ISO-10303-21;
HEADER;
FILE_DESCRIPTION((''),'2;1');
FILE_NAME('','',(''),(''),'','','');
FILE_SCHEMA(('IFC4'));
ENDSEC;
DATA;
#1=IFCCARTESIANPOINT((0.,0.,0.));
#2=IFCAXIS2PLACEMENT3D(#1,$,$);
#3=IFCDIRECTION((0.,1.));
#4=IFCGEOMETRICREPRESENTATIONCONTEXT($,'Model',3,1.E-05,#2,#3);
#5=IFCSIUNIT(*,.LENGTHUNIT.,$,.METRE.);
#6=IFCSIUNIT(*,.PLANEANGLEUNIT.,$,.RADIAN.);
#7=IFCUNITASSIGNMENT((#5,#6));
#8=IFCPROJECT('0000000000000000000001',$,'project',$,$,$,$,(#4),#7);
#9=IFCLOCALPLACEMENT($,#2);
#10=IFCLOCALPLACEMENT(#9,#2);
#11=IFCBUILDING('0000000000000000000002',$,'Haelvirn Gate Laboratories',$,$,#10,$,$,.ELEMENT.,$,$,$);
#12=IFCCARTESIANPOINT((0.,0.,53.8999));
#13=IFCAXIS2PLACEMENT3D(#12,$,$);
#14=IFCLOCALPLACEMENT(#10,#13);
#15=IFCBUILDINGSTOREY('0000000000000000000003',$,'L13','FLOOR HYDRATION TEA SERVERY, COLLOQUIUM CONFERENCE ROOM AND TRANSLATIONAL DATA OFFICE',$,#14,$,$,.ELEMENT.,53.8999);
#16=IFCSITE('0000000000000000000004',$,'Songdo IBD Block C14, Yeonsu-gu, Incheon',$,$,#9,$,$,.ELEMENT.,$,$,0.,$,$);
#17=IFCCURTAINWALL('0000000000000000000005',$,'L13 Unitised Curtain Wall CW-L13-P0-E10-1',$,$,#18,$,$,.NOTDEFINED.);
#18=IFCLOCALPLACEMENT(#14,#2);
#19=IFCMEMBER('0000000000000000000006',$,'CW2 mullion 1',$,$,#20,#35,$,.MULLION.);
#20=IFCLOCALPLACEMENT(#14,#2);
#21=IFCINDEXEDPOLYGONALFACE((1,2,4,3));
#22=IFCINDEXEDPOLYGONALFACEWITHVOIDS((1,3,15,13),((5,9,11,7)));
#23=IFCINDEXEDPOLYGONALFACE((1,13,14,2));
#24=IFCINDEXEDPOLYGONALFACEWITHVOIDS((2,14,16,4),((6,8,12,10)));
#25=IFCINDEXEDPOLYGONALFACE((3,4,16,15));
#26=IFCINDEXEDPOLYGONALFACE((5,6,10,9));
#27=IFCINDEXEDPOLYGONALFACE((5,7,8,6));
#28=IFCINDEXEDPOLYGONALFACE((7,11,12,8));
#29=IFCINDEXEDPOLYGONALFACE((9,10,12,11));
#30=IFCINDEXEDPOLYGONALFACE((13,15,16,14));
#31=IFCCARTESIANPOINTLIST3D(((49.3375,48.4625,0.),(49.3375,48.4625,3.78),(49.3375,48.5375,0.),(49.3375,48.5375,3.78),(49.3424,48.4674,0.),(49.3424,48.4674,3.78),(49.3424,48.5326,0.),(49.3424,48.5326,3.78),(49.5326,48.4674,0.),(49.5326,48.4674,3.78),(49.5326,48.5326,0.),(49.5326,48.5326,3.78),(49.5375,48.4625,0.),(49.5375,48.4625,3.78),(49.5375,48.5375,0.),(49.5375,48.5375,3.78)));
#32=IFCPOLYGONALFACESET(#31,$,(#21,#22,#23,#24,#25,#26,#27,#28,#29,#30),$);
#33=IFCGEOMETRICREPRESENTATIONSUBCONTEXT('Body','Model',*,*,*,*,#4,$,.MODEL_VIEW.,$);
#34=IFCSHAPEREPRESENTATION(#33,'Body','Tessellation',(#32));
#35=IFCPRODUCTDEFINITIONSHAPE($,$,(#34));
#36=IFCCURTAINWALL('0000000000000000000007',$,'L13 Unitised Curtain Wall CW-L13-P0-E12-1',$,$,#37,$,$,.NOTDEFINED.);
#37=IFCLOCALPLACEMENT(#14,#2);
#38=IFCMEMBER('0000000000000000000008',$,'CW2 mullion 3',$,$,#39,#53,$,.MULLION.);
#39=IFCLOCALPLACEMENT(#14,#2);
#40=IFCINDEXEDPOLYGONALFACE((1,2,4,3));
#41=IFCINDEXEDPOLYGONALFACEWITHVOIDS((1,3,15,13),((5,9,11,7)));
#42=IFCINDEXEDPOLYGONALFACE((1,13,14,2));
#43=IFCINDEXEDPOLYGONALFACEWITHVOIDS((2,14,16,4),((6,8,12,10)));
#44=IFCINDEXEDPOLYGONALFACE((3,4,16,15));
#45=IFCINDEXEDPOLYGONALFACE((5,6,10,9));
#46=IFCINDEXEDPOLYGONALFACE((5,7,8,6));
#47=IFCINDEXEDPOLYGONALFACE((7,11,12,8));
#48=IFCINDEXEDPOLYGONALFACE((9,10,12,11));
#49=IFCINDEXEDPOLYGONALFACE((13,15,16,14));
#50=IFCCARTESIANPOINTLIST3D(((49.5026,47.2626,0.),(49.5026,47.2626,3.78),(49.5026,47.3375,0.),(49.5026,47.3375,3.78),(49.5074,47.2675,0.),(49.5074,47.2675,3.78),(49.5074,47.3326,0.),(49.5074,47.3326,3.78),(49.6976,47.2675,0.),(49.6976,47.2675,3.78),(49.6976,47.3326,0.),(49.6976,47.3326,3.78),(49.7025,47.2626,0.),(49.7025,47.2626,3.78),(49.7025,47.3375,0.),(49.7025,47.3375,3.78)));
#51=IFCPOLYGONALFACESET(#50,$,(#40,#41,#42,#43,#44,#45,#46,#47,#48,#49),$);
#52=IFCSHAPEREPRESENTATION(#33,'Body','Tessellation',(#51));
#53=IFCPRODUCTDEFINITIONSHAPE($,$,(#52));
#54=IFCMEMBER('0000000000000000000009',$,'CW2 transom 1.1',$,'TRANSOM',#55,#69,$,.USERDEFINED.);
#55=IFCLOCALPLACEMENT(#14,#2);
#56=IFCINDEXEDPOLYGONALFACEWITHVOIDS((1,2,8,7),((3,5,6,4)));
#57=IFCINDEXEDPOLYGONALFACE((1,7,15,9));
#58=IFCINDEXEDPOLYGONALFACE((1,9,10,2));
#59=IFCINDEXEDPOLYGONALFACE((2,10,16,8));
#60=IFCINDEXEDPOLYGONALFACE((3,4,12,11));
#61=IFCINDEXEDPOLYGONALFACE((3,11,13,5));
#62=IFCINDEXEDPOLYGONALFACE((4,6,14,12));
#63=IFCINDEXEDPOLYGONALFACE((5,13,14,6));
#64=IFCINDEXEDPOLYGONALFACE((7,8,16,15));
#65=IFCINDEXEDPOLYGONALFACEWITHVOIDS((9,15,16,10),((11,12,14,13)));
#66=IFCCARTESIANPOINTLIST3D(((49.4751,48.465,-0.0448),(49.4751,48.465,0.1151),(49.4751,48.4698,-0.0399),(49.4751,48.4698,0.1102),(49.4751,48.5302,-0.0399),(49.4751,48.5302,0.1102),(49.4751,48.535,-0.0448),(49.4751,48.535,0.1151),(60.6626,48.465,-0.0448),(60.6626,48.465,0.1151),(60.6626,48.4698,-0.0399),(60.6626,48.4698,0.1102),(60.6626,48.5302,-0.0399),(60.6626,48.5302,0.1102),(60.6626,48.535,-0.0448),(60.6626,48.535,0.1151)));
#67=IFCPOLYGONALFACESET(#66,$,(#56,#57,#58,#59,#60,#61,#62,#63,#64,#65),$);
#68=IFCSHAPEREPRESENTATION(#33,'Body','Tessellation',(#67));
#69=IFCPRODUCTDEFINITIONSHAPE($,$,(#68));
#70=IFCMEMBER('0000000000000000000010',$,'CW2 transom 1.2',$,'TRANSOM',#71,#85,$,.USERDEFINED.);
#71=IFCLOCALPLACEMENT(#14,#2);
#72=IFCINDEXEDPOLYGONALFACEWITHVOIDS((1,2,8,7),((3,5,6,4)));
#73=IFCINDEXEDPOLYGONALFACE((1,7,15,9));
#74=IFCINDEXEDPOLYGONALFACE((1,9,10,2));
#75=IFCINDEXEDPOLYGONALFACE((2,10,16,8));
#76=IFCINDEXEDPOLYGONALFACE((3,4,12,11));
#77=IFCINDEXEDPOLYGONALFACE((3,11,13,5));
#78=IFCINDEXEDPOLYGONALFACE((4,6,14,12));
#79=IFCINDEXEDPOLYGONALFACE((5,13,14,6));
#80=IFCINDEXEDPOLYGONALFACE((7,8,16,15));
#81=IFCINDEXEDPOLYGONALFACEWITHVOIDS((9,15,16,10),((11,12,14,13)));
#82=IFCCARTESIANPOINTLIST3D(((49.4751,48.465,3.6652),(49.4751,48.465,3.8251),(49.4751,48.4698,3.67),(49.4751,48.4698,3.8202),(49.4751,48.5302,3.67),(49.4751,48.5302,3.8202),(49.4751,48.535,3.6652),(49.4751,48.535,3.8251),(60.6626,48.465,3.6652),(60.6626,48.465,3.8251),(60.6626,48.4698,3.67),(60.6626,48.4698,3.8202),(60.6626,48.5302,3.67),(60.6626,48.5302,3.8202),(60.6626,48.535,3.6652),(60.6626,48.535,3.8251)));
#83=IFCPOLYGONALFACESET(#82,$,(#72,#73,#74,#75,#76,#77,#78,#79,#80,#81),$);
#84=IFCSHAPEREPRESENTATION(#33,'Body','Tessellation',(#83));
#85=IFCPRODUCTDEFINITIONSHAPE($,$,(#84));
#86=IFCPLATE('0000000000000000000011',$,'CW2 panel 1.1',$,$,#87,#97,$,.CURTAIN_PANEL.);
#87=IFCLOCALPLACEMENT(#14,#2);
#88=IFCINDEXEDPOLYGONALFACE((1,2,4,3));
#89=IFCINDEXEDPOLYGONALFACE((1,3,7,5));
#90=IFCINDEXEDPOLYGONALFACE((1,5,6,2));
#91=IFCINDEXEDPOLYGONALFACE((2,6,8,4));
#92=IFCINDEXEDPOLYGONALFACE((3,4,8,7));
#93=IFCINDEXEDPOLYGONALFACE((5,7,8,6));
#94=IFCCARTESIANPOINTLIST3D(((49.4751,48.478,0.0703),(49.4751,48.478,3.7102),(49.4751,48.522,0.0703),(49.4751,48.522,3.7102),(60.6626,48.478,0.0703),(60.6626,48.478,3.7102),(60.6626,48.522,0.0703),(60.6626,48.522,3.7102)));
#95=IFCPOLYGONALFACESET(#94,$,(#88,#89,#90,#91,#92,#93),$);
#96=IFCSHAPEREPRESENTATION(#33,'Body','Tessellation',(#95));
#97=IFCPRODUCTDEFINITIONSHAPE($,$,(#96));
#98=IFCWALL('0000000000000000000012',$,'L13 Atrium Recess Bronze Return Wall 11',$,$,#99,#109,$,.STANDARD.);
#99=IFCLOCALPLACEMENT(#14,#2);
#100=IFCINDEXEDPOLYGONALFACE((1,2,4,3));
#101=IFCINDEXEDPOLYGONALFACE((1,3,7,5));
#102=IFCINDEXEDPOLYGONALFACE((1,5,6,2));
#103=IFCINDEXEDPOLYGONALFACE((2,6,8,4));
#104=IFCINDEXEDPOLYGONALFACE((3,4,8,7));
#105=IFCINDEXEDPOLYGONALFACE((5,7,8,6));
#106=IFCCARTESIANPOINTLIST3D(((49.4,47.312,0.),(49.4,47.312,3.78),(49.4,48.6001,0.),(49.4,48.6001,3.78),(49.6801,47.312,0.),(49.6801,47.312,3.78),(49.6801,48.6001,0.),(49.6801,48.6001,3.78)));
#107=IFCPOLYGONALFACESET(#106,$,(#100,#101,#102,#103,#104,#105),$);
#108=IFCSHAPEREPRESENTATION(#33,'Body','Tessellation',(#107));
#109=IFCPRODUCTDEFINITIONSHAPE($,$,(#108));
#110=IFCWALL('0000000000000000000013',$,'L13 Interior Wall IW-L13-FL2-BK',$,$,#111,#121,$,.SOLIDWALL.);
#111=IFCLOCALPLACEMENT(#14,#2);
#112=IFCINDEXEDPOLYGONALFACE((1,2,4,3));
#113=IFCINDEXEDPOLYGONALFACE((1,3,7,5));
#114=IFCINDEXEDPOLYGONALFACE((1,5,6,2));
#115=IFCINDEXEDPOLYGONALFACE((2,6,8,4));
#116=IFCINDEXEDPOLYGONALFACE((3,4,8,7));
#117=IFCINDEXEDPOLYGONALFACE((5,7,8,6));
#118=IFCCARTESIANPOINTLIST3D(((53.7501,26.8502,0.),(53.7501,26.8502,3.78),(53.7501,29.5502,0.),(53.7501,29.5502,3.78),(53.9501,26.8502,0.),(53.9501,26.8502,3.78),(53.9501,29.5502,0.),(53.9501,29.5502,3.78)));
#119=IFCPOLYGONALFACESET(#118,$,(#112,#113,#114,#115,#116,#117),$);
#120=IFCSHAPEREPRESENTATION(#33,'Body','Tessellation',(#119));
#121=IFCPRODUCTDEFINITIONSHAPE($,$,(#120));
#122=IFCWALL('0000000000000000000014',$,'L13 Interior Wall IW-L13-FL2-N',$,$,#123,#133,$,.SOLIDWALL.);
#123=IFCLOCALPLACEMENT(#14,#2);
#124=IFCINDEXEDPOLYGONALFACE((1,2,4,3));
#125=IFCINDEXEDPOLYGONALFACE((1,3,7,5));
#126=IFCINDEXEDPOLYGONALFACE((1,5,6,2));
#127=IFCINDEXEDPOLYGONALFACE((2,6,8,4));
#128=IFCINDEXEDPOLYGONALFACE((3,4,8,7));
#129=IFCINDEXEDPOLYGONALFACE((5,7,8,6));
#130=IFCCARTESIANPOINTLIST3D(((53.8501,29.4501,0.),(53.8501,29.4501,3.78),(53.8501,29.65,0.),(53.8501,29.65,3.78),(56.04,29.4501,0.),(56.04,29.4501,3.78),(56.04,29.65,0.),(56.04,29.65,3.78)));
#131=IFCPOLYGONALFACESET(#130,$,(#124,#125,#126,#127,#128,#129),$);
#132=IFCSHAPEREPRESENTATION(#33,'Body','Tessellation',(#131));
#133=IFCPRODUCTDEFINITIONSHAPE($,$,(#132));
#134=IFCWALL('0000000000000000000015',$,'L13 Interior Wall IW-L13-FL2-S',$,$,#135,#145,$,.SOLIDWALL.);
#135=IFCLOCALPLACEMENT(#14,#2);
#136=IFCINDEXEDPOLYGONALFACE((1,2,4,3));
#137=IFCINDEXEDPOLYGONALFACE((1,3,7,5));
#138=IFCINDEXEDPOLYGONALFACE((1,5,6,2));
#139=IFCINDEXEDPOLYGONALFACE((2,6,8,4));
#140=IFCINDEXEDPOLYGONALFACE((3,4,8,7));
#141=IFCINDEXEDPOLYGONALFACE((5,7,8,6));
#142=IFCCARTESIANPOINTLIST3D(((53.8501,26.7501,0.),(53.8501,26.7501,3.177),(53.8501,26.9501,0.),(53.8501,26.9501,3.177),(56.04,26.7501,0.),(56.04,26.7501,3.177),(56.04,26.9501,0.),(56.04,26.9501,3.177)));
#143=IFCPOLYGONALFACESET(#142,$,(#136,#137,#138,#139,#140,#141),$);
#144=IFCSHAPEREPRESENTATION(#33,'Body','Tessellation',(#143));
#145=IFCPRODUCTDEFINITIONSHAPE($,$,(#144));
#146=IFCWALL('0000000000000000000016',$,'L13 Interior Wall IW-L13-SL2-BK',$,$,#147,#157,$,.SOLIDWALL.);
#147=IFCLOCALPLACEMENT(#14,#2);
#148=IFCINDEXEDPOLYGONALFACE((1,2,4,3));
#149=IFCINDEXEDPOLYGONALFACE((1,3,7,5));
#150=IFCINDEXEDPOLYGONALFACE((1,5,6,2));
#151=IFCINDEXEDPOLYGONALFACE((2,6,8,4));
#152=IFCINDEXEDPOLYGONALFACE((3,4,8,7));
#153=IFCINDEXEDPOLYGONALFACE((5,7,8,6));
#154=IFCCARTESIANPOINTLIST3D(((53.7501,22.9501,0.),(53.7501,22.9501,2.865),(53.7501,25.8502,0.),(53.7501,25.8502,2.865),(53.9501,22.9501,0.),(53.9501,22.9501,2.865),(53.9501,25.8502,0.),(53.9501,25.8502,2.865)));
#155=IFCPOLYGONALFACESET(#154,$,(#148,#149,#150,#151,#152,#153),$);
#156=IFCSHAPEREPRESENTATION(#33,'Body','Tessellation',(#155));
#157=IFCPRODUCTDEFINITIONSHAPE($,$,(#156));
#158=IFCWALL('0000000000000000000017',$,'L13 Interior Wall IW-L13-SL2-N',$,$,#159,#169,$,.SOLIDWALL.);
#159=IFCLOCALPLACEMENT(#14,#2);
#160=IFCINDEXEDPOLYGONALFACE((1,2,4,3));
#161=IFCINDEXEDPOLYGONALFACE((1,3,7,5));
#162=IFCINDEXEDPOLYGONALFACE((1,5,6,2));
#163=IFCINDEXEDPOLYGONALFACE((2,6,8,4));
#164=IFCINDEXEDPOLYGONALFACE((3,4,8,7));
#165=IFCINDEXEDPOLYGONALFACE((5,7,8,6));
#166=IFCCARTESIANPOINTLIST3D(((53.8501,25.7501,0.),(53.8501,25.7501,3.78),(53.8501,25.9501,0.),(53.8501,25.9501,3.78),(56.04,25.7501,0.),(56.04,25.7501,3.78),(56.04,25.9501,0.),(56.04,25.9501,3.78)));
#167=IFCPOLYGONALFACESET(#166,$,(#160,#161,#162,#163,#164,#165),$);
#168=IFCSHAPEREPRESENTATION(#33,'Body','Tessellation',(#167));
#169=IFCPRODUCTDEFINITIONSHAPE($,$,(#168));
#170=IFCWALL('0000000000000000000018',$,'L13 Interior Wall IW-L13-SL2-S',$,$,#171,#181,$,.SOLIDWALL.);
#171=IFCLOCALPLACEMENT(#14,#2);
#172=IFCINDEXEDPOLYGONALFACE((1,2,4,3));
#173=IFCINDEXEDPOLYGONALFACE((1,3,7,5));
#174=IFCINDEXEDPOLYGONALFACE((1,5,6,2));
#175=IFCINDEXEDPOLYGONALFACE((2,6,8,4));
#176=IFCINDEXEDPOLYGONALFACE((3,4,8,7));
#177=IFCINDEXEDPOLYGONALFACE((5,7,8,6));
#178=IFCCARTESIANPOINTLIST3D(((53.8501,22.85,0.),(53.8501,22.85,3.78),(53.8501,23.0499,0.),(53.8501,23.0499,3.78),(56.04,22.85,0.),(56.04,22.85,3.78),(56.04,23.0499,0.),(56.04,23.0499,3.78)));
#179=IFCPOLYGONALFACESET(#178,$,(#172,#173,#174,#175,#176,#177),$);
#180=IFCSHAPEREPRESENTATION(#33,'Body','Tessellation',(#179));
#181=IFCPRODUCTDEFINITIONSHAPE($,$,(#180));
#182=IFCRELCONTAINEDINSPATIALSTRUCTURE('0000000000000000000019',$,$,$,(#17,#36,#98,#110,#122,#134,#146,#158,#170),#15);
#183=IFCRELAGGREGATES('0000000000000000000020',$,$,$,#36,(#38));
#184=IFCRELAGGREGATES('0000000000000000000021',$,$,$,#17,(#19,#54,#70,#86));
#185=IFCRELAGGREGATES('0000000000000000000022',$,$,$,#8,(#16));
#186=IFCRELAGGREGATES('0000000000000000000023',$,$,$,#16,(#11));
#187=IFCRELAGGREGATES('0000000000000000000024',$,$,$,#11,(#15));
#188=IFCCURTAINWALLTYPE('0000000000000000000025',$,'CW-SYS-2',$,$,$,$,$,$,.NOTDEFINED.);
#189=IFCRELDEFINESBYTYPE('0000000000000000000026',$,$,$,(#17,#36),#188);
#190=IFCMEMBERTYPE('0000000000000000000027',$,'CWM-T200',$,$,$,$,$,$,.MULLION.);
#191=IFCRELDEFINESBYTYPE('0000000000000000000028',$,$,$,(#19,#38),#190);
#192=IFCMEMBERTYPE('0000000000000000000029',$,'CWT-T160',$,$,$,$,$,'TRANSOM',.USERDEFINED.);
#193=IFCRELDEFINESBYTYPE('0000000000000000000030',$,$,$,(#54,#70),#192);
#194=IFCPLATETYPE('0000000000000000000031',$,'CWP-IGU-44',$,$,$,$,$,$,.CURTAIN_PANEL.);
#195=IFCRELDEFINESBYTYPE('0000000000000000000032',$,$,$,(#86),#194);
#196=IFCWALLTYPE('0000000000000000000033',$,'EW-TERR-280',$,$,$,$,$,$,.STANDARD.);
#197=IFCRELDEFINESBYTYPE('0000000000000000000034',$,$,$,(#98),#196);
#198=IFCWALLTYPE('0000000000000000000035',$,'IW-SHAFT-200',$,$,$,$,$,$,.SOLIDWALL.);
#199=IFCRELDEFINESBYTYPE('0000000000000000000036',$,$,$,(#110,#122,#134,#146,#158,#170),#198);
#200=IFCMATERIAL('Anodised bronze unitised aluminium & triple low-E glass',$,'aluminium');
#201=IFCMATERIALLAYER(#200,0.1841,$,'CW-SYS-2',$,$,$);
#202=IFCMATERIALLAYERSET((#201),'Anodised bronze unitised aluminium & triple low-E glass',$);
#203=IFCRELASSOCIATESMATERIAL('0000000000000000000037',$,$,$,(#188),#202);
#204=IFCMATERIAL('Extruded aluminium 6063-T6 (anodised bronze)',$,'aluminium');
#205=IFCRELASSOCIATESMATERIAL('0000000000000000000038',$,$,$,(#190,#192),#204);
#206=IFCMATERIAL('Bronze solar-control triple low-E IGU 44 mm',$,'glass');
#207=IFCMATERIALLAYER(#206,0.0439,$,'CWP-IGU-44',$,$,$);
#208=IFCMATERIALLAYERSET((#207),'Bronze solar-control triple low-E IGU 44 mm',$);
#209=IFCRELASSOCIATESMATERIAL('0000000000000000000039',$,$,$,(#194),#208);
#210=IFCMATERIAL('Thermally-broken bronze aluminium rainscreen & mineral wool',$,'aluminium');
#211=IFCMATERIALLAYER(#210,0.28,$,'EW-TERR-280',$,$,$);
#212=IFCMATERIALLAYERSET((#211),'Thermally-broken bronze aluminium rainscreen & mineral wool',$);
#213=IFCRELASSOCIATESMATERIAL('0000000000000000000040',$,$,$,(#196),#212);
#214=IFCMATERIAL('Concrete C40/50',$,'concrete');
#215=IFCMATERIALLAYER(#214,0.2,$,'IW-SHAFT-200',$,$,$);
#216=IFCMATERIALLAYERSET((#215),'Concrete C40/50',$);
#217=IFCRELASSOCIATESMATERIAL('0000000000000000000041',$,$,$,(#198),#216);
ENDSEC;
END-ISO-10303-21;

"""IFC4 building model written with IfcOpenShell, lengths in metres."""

from ifc_helpers import new_model, si_unit, direction, frame, frame_2d, origin, origin_2d, place, context, subcontext, project, spatial, rectangle, hollow_rectangle, extrude, source, transform, mapped, material, layer, layer_set, material_profile, profile_set, type_object, type_shapes, element, aggregate, save


model = new_model("IFC4")

# Units and contexts
model_context = context("Model", 3, precision=1e-05, world=origin(), true_north=direction((0.0, 1.0)))
body_context = subcontext(model_context, "Body", "Model", "MODEL_VIEW")
ifc_project = project(units=[si_unit("LENGTHUNIT", "METRE"), si_unit("PLANEANGLEUNIT", "RADIAN")], contexts=[model_context])

# Site, building, storey
site_placement = place(None, origin())
site = spatial("IfcSite", under=ifc_project, at=site_placement, Name="Songdo IBD Block C14, Yeonsu-gu, Incheon", CompositionType="ELEMENT", RefElevation=0.0)
building_placement = place(site_placement, origin())
building = spatial("IfcBuilding", under=site, at=building_placement, Name="Haelvirn Gate Laboratories", CompositionType="ELEMENT")
storey_placement = place(building_placement, frame((0.0, 0.0, 53.8999)))
storey = spatial("IfcBuildingStorey", under=building, at=storey_placement, Name="L13", Description="FLOOR HYDRATION TEA SERVERY, COLLOQUIUM CONFERENCE ROOM AND TRANSLATIONAL DATA OFFICE", CompositionType="ELEMENT", Elevation=53.8999)

# Curtain walls, members
ifc_material_1 = material(Name="Anodised bronze unitised aluminium & triple low-E glass", Category="aluminium")
ifc_layer_1 = layer(ifc_material_1, 0.1841, Name="CW-SYS-2")
ifc_layer_set_1 = layer_set([ifc_layer_1], Name="Anodised bronze unitised aluminium & triple low-E glass")
curtain_wall_type = type_object("IfcCurtainWallType", Name="CW-SYS-2", PredefinedType="NOTDEFINED", material=ifc_layer_set_1)
curtain_wall_1_placement = place(storey_placement, origin())
curtain_wall_1 = element("IfcCurtainWall", 1, at=curtain_wall_1_placement, inside=storey, type_object=curtain_wall_type, Name="L13 Unitised Curtain Wall CW-L13-P0-E10-1", PredefinedType="NOTDEFINED")
ifc_material_2 = material(Name="Extruded aluminium 6063-T6 (anodised bronze)", Category="aluminium")
ifc_material_profile_1 = material_profile(ifc_material_2, hollow_rectangle(XDim=0.075, YDim=0.2, WallThickness=0.0049, at=origin_2d()), Name="CWM-200x75x5")
ifc_profile_set_1 = profile_set([ifc_material_profile_1], Name="Extruded aluminium 6063-T6 (anodised bronze)")
member_type_1 = type_object("IfcMemberType", Name="CWM-T200", PredefinedType="MULLION", material=ifc_profile_set_1)
shared_shape_1 = source(origin(), body_context, "Body", "SweptSolid", [
    extrude(hollow_rectangle(XDim=0.075, YDim=0.2, WallThickness=0.0049, at=origin_2d()), origin(), (0.0, 0.0, 1.0), 3.78),
])
type_shapes(member_type_1, [shared_shape_1])
member_1_placement = place(storey_placement, frame((49.4375, 48.5, 0.0), z_axis=(0.0, 0.0, 1.0), x_axis=(0.0, 1.0, 0.0)))
member_1 = element("IfcMember", 2, at=member_1_placement, type_object=member_type_1, Name="CW2 mullion 1", PredefinedType="MULLION", context=body_context, shape_type="MappedRepresentation", body=[
    mapped(shared_shape_1, transform((0.0, 0.0, 0.0), scale=1.0)),
])
curtain_wall_2_placement = place(storey_placement, origin())
curtain_wall_2 = element("IfcCurtainWall", 3, at=curtain_wall_2_placement, inside=storey, type_object=curtain_wall_type, Name="L13 Unitised Curtain Wall CW-L13-P0-E12-1", PredefinedType="NOTDEFINED")
member_2_placement = place(storey_placement, frame((49.6025, 47.3, 0.0), z_axis=(0.0, 0.0, 1.0), x_axis=(0.0, 1.0, 0.0)))
member_2 = element("IfcMember", 4, at=member_2_placement, type_object=member_type_1, Name="CW2 mullion 3", PredefinedType="MULLION", context=body_context, shape_type="MappedRepresentation", body=[
    mapped(shared_shape_1, transform((0.0, 0.0, 0.0), scale=1.0)),
])
aggregate(curtain_wall_2, [member_2])

# Members
ifc_material_profile_2 = material_profile(ifc_material_2, hollow_rectangle(XDim=0.0701, YDim=0.1599, WallThickness=0.0049, at=origin_2d()), Name="CWT-160x70x5")
ifc_profile_set_2 = profile_set([ifc_material_profile_2], Name="Extruded aluminium 6063-T6 (anodised bronze)")
member_type_2 = type_object("IfcMemberType", Name="CWT-T160", ElementType="TRANSOM", PredefinedType="USERDEFINED", material=ifc_profile_set_2)
shared_shape_2 = source(origin(), body_context, "Body", "SweptSolid", [
    extrude(hollow_rectangle(XDim=0.0701, YDim=0.1599, WallThickness=0.0049, at=origin_2d()), origin(), (0.0, 0.0, 1.0), 11.1875),
])
type_shapes(member_type_2, [shared_shape_2])
member_3_placement = place(storey_placement, frame((49.4751, 48.5, 0.0352), z_axis=(1.0, 0.0, 0.0), x_axis=(0.0, 1.0, 0.0)))
member_3 = element("IfcMember", 5, at=member_3_placement, type_object=member_type_2, Name="CW2 transom 1.1", ObjectType="TRANSOM", PredefinedType="USERDEFINED", context=body_context, shape_type="MappedRepresentation", body=[
    mapped(shared_shape_2, transform((0.0, 0.0, 0.0), scale=1.0)),
])
member_4_placement = place(storey_placement, frame((49.4751, 48.5, 3.7451), z_axis=(1.0, 0.0, 0.0), x_axis=(0.0, 1.0, 0.0)))
member_4 = element("IfcMember", 6, at=member_4_placement, type_object=member_type_2, Name="CW2 transom 1.2", ObjectType="TRANSOM", PredefinedType="USERDEFINED", context=body_context, shape_type="MappedRepresentation", body=[
    mapped(shared_shape_2, transform((0.0, 0.0, 0.0), scale=1.0)),
])

# Plate
ifc_material_3 = material(Name="Bronze solar-control triple low-E IGU 44 mm", Category="glass")
ifc_layer_2 = layer(ifc_material_3, 0.0439, Name="CWP-IGU-44")
ifc_layer_set_2 = layer_set([ifc_layer_2], Name="Bronze solar-control triple low-E IGU 44 mm")
plate_type = type_object("IfcPlateType", Name="CWP-IGU-44", PredefinedType="CURTAIN_PANEL", material=ifc_layer_set_2)
shared_shape_3 = source(origin(), body_context, "Body", "SweptSolid", [
    extrude(rectangle(XDim=11.1875, YDim=0.0439, at=origin_2d()), origin(), (0.0, 0.0, 1.0), 3.6399),
])
type_shapes(plate_type, [shared_shape_3])
plate_placement = place(storey_placement, frame((55.0688, 48.5, 0.0703), z_axis=(0.0, 0.0, 1.0), x_axis=(1.0, 0.0, 0.0)))
plate = element("IfcPlate", 7, at=plate_placement, type_object=plate_type, Name="CW2 panel 1.1", PredefinedType="CURTAIN_PANEL", context=body_context, shape_type="MappedRepresentation", body=[
    mapped(shared_shape_3, transform((0.0, 0.0, 0.0), scale=1.0)),
])
aggregate(curtain_wall_1, [member_1, member_3, member_4, plate])

# Walls
ifc_material_4 = material(Name="Thermally-broken bronze aluminium rainscreen & mineral wool", Category="aluminium")
ifc_layer_3 = layer(ifc_material_4, 0.28, Name="EW-TERR-280")
ifc_layer_set_3 = layer_set([ifc_layer_3], Name="Thermally-broken bronze aluminium rainscreen & mineral wool")
wall_type_1 = type_object("IfcWallType", Name="EW-TERR-280", PredefinedType="STANDARD", material=ifc_layer_set_3)
wall_1_placement = place(storey_placement, frame((49.54, 48.6001, 0.0), z_axis=(0.0, 0.0, 1.0), x_axis=(0.0, -1.0, 0.0)))
element("IfcWall", 8, at=wall_1_placement, inside=storey, type_object=wall_type_1, Name="L13 Atrium Recess Bronze Return Wall 11", PredefinedType="STANDARD", context=body_context, shape_type="SweptSolid", body=[
    extrude(rectangle(XDim=1.2881, YDim=0.28, at=frame_2d((0.644, 0.0))), origin(), (0.0, 0.0, 1.0), 3.78),
])
ifc_material_5 = material(Name="Concrete C40/50", Category="concrete")
ifc_layer_4 = layer(ifc_material_5, 0.2, Name="IW-SHAFT-200")
ifc_layer_set_4 = layer_set([ifc_layer_4], Name="Concrete C40/50")
wall_type_2 = type_object("IfcWallType", Name="IW-SHAFT-200", PredefinedType="SOLIDWALL", material=ifc_layer_set_4)
wall_2_placement = place(storey_placement, frame((53.8501, 26.8501, 0.0), z_axis=(0.0, 0.0, 1.0), x_axis=(0.0, 1.0, 0.0)))
element("IfcWall", 9, at=wall_2_placement, inside=storey, type_object=wall_type_2, Name="L13 Interior Wall IW-L13-FL2-BK", PredefinedType="SOLIDWALL", context=body_context, shape_type="SweptSolid", body=[
    extrude(rectangle(XDim=2.7, YDim=0.2, at=frame_2d((1.3501, 0.0))), origin(), (0.0, 0.0, 1.0), 3.78),
])
wall_3_placement = place(storey_placement, frame((53.8501, 29.55, 0.0), z_axis=(0.0, 0.0, 1.0), x_axis=(1.0, 0.0, 0.0)))
element("IfcWall", 10, at=wall_3_placement, inside=storey, type_object=wall_type_2, Name="L13 Interior Wall IW-L13-FL2-N", PredefinedType="SOLIDWALL", context=body_context, shape_type="SweptSolid", body=[
    extrude(rectangle(XDim=2.1899, YDim=0.2, at=frame_2d((1.095, 0.0))), origin(), (0.0, 0.0, 1.0), 3.78),
])
wall_4_placement = place(storey_placement, frame((53.8501, 26.8501, 0.0), z_axis=(0.0, 0.0, 1.0), x_axis=(1.0, 0.0, 0.0)))
element("IfcWall", 11, at=wall_4_placement, inside=storey, type_object=wall_type_2, Name="L13 Interior Wall IW-L13-FL2-S", PredefinedType="SOLIDWALL", context=body_context, shape_type="SweptSolid", body=[
    extrude(rectangle(XDim=2.1899, YDim=0.2, at=frame_2d((1.095, 0.0))), origin(), (0.0, 0.0, 1.0), 3.177),
])
wall_5_placement = place(storey_placement, frame((53.8501, 22.95, 0.0), z_axis=(0.0, 0.0, 1.0), x_axis=(0.0, 1.0, 0.0)))
element("IfcWall", 12, at=wall_5_placement, inside=storey, type_object=wall_type_2, Name="L13 Interior Wall IW-L13-SL2-BK", PredefinedType="SOLIDWALL", context=body_context, shape_type="SweptSolid", body=[
    extrude(rectangle(XDim=2.9001, YDim=0.2, at=frame_2d((1.4502, 0.0))), origin(), (0.0, 0.0, 1.0), 2.865),
])
for number, where, z_axis, x_axis, name in (
    (13, (53.8501, 25.8501, 0.0), (0.0, 0.0, 1.0), (1.0, 0.0, 0.0), "L13 Interior Wall IW-L13-SL2-N"),
    (14, (53.8501, 22.95, 0.0), (0.0, 0.0, 1.0), (1.0, 0.0, 0.0), "L13 Interior Wall IW-L13-SL2-S"),
):
    element("IfcWall", number, at=place(storey_placement, frame(where, z_axis=z_axis, x_axis=x_axis)), inside=storey, type_object=wall_type_2, Name=name, PredefinedType="SOLIDWALL", context=body_context, shape_type="SweptSolid", body=[
        extrude(rectangle(XDim=2.1899, YDim=0.2, at=frame_2d((1.095, 0.0))), origin(), (0.0, 0.0, 1.0), 3.78),
    ])

save(model, "model.ifc")
